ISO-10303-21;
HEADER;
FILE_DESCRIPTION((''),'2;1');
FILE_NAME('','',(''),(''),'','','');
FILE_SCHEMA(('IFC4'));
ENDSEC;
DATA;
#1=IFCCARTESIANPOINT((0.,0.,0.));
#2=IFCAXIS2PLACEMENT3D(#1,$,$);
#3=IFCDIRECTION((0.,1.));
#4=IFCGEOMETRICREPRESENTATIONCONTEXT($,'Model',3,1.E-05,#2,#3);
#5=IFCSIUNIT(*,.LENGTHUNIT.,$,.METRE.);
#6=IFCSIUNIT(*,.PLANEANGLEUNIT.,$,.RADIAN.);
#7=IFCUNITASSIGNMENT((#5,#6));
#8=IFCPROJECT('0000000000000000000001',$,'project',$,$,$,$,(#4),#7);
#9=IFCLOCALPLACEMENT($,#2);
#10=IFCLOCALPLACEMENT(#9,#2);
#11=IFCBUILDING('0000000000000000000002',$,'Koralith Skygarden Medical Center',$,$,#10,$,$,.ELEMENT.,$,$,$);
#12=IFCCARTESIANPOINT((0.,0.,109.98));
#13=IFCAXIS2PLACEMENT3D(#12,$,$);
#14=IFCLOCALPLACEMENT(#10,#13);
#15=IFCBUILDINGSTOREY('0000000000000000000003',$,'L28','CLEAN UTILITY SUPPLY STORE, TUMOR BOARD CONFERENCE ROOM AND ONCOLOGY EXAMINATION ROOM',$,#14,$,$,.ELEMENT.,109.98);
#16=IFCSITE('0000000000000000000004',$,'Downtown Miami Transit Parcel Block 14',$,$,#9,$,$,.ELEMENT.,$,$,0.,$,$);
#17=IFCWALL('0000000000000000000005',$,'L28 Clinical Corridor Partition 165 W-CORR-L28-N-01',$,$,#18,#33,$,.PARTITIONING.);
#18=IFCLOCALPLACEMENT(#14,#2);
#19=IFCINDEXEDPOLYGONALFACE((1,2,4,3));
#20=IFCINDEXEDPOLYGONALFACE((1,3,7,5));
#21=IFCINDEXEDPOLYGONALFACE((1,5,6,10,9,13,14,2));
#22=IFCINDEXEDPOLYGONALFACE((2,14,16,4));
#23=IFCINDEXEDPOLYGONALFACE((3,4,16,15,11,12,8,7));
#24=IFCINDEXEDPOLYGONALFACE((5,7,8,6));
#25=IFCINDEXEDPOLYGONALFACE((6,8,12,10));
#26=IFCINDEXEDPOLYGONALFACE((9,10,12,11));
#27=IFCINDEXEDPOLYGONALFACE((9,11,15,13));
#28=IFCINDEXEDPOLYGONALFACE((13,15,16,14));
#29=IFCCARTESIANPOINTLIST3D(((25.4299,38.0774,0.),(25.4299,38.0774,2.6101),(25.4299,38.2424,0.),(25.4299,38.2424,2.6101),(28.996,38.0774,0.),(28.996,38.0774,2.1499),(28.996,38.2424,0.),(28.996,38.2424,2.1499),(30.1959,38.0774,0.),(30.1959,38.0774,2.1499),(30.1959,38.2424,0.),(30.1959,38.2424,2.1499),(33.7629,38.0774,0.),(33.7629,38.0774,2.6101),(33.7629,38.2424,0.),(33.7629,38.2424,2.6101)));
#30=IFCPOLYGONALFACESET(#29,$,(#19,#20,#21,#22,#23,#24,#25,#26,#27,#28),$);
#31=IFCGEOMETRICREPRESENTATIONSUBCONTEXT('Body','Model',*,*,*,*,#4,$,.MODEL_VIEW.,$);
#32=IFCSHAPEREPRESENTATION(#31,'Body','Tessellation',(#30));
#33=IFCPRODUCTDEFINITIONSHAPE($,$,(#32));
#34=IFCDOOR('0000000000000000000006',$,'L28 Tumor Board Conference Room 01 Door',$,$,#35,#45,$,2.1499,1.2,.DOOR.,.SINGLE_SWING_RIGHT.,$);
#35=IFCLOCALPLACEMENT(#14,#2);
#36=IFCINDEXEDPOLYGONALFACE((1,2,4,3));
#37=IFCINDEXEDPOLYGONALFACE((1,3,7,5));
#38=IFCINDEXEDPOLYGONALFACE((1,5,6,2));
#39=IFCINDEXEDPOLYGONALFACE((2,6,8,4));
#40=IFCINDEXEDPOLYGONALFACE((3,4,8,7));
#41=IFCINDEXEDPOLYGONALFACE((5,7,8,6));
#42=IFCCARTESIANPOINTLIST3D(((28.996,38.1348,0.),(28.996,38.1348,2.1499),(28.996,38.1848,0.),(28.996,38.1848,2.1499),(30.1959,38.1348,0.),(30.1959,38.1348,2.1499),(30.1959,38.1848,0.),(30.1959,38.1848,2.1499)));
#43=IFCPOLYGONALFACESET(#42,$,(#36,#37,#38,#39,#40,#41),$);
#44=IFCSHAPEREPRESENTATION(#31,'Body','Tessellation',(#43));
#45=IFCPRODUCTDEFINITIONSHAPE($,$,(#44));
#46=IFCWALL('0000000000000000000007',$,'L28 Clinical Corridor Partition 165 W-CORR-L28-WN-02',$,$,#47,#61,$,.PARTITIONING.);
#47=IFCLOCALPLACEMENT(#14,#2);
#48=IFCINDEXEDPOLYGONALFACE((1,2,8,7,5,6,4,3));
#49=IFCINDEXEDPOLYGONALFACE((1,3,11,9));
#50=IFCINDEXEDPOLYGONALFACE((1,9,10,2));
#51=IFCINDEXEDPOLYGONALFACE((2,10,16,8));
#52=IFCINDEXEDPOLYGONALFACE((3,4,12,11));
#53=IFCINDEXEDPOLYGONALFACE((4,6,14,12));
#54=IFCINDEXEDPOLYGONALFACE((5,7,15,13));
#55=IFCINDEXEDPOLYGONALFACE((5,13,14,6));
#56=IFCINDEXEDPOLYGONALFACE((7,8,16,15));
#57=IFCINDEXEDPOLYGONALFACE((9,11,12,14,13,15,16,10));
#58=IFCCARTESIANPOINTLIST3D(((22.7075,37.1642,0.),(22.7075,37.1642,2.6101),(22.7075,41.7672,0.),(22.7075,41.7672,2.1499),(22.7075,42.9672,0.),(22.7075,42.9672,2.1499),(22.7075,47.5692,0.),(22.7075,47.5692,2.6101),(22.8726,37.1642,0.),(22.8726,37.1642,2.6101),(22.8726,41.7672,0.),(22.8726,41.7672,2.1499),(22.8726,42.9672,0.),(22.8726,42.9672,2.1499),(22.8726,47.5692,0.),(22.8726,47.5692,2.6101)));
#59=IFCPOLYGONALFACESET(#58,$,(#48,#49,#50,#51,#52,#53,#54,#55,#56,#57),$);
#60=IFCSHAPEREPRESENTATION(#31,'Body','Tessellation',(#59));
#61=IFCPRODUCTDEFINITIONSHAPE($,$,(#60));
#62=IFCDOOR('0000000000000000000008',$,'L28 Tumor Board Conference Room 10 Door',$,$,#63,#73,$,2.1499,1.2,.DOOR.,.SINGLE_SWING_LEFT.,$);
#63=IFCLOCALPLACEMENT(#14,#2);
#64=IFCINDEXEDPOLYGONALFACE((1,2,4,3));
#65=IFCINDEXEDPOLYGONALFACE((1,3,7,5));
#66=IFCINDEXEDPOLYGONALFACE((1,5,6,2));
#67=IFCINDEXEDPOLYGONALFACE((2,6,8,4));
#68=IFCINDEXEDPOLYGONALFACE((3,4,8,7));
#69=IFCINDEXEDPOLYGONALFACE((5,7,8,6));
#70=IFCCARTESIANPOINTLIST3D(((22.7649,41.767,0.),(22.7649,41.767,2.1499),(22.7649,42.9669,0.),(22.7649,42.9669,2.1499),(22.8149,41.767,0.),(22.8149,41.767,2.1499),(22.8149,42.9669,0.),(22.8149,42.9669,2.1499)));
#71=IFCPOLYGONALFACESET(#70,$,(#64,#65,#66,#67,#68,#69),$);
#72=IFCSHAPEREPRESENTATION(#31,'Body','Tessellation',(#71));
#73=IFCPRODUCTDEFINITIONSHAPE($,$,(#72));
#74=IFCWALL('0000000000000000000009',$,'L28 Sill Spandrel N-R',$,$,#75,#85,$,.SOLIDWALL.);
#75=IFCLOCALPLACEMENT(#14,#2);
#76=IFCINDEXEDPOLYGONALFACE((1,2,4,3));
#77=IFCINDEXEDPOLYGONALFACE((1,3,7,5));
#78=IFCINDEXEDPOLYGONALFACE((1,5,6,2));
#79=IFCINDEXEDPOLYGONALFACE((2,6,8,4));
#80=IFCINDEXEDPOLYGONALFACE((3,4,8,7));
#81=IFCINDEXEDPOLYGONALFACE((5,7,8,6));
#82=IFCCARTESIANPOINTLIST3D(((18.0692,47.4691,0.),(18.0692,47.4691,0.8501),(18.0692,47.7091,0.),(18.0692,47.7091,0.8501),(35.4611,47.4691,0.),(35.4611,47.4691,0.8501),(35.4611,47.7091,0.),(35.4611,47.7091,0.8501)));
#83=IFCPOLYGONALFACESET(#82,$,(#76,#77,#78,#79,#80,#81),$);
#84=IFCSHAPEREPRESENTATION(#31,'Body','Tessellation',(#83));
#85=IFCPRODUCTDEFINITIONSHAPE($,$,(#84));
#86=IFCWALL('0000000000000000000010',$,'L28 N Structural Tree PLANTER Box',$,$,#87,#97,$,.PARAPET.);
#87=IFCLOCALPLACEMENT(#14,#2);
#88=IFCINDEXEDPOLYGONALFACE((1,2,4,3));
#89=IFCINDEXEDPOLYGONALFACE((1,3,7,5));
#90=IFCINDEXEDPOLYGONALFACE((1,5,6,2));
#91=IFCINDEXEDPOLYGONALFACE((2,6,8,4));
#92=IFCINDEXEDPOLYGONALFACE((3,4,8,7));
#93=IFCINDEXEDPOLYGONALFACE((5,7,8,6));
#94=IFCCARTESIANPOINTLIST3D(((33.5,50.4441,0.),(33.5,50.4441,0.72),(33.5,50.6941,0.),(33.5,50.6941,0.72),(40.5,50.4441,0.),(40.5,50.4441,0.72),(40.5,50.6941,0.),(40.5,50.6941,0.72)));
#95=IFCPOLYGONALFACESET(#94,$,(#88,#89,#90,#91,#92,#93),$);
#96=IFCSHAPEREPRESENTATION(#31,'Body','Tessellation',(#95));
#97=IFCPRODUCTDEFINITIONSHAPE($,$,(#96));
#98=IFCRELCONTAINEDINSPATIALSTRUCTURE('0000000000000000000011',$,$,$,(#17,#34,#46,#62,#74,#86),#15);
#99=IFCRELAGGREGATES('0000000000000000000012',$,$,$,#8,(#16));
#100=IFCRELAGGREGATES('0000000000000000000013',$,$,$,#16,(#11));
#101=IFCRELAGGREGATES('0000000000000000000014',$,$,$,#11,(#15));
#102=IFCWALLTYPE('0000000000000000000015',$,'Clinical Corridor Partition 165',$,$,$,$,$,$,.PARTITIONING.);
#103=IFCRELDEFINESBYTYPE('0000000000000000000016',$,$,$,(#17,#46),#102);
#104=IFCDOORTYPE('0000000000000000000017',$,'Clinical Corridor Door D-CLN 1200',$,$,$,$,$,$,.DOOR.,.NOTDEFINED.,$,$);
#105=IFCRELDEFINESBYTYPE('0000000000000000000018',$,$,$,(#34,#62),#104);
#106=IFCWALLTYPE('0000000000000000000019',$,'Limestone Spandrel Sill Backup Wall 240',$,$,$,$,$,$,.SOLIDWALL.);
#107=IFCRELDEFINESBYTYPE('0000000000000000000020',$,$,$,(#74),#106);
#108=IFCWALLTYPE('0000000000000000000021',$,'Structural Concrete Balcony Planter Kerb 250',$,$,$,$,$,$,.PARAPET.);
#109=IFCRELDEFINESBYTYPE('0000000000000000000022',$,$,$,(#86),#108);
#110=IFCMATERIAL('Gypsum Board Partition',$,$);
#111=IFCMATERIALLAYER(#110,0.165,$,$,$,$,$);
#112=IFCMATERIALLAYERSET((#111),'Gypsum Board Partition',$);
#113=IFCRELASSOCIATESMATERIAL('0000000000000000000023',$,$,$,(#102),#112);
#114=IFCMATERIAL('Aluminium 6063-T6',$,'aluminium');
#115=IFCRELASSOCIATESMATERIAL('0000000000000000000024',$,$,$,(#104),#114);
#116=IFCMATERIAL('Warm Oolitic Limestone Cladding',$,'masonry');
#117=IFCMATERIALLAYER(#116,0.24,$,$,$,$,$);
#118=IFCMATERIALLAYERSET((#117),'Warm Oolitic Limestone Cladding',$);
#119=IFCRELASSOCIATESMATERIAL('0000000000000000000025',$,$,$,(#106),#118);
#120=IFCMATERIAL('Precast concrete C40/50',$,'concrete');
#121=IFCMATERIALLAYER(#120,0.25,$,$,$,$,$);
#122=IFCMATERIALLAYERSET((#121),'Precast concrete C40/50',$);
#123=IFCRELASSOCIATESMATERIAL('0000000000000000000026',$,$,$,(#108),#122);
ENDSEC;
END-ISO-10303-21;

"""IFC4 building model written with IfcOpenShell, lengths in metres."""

from ifc_helpers import new_model, si_unit, direction, frame, frame_2d, origin, place, context, subcontext, project, spatial, rectangle, extrude, material, layer, layer_set, type_object, element, fill, save


model = new_model("IFC4")

# Units and contexts
model_context = context("Model", 3, precision=1e-05, world=origin(), true_north=direction((0.0, 1.0)))
body_context = subcontext(model_context, "Body", "Model", "MODEL_VIEW")
ifc_project = project(units=[si_unit("LENGTHUNIT", "METRE"), si_unit("PLANEANGLEUNIT", "RADIAN")], contexts=[model_context])

# Site, building, storey
site_placement = place(None, origin())
site = spatial("IfcSite", under=ifc_project, at=site_placement, Name="Downtown Miami Transit Parcel Block 14", CompositionType="ELEMENT", RefElevation=0.0)
building_placement = place(site_placement, origin())
building = spatial("IfcBuilding", under=site, at=building_placement, Name="Koralith Skygarden Medical Center", CompositionType="ELEMENT")
storey_placement = place(building_placement, frame((0.0, 0.0, 109.98)))
storey = spatial("IfcBuildingStorey", under=building, at=storey_placement, Name="L28", Description="CLEAN UTILITY SUPPLY STORE, TUMOR BOARD CONFERENCE ROOM AND ONCOLOGY EXAMINATION ROOM", CompositionType="ELEMENT", Elevation=109.98)

# Shared definitions
ifc_material_1 = material(Name="Aluminium 6063-T6", Category="aluminium")

# Shared definitions
ifc_material_2 = material(Name="Gypsum Board Partition")
ifc_layer_1 = layer(ifc_material_2, 0.165)
ifc_layer_set_1 = layer_set([ifc_layer_1], Name="Gypsum Board Partition")
wall_type_1 = type_object("IfcWallType", Name="Clinical Corridor Partition 165", PredefinedType="PARTITIONING", material=ifc_layer_set_1)

# Walls, openings, doors
wall_1_placement = place(storey_placement, frame((25.4299, 38.1599, 0.0), z_axis=(0.0, 0.0, 1.0), x_axis=(1.0, 0.0, 0.0)))
wall_1 = element("IfcWall", 1, at=wall_1_placement, inside=storey, type_object=wall_type_1, Name="L28 Clinical Corridor Partition 165 W-CORR-L28-N-01", PredefinedType="PARTITIONING", context=body_context, shape_type="SweptSolid", body=[
    extrude(rectangle(XDim=8.333, YDim=0.165, at=frame_2d((4.1665, 0.0))), origin(), (0.0, 0.0, 1.0), 2.6101),
])
opening_1_placement = place(wall_1_placement, frame((3.5659, 0.0, 0.0)))
opening_1 = element("IfcOpeningElement", 2, at=opening_1_placement, cuts=wall_1, PredefinedType="OPENING", context=body_context, shape_type="SweptSolid", body=[
    extrude(rectangle(XDim=1.2, YDim=2.1499, at=frame_2d((0.6001, 1.075))), frame((0.0, 0.0925, 0.0), z_axis=(0.0, -1.0, 0.0), x_axis=(1.0, 0.0, 0.0)), (0.0, 0.0, 1.0), 0.1851),
])
door_type = type_object("IfcDoorType", Name="Clinical Corridor Door D-CLN 1200", OperationType="NOTDEFINED", PredefinedType="DOOR", material=ifc_material_1)
door_1_placement = place(opening_1_placement, origin())
door_1 = element("IfcDoor", 3, at=door_1_placement, inside=storey, type_object=door_type, Name="L28 Tumor Board Conference Room 01 Door", OperationType="SINGLE_SWING_RIGHT", OverallHeight=2.1499, OverallWidth=1.2, PredefinedType="DOOR", context=body_context, shape_type="SweptSolid", body=[
    extrude(rectangle(XDim=1.2, YDim=2.1499, at=frame_2d((0.6001, 1.075))), frame((0.0, 0.0249, 0.0), z_axis=(0.0, -1.0, 0.0), x_axis=(1.0, 0.0, 0.0)), (0.0, 0.0, 1.0), 0.05),
])
fill(opening_1, door_1)
wall_2_placement = place(storey_placement, frame((22.79, 37.1641, 0.0), z_axis=(0.0, 0.0, 1.0), x_axis=(0.0, 1.0, 0.0)))
wall_2 = element("IfcWall", 4, at=wall_2_placement, inside=storey, type_object=wall_type_1, Name="L28 Clinical Corridor Partition 165 W-CORR-L28-WN-02", PredefinedType="PARTITIONING", context=body_context, shape_type="SweptSolid", body=[
    extrude(rectangle(XDim=10.405, YDim=0.165, at=frame_2d((5.2026, 0.0))), origin(), (0.0, 0.0, 1.0), 2.6101),
])
opening_2_placement = place(wall_2_placement, frame((4.603, 0.0, 0.0)))
opening_2 = element("IfcOpeningElement", 5, at=opening_2_placement, cuts=wall_2, PredefinedType="OPENING", context=body_context, shape_type="SweptSolid", body=[
    extrude(rectangle(XDim=1.2, YDim=2.1499, at=frame_2d((0.6001, 1.075))), frame((0.0, 0.0925, 0.0), z_axis=(0.0, -1.0, 0.0), x_axis=(1.0, 0.0, 0.0)), (0.0, 0.0, 1.0), 0.1851),
])
door_2_placement = place(opening_2_placement, frame((1.2, 0.0, 0.0), z_axis=(0.0, 0.0, 1.0), x_axis=(-1.0, 0.0, 0.0)))
door_2 = element("IfcDoor", 6, at=door_2_placement, inside=storey, type_object=door_type, Name="L28 Tumor Board Conference Room 10 Door", OperationType="SINGLE_SWING_LEFT", OverallHeight=2.1499, OverallWidth=1.2, PredefinedType="DOOR", context=body_context, shape_type="SweptSolid", body=[
    extrude(rectangle(XDim=1.2, YDim=2.1499, at=frame_2d((0.6001, 1.075))), frame((0.0, 0.0249, 0.0), z_axis=(0.0, -1.0, 0.0), x_axis=(1.0, 0.0, 0.0)), (0.0, 0.0, 1.0), 0.05),
])
fill(opening_2, door_2)

# Walls
ifc_material_3 = material(Name="Warm Oolitic Limestone Cladding", Category="masonry")
ifc_layer_2 = layer(ifc_material_3, 0.24)
ifc_layer_set_2 = layer_set([ifc_layer_2], Name="Warm Oolitic Limestone Cladding")
wall_type_2 = type_object("IfcWallType", Name="Limestone Spandrel Sill Backup Wall 240", PredefinedType="SOLIDWALL", material=ifc_layer_set_2)
wall_3_placement = place(storey_placement, frame((35.4609, 47.5891, 0.0), z_axis=(0.0, 0.0, 1.0), x_axis=(-1.0, 0.0, 0.0)))
element("IfcWall", 7, at=wall_3_placement, inside=storey, type_object=wall_type_2, Name="L28 Sill Spandrel N-R", PredefinedType="SOLIDWALL", context=body_context, shape_type="SweptSolid", body=[
    extrude(rectangle(XDim=17.3918, YDim=0.24, at=frame_2d((8.6958, 0.0))), origin(), (0.0, 0.0, 1.0), 0.8501),
])
ifc_material_4 = material(Name="Precast concrete C40/50", Category="concrete")
ifc_layer_3 = layer(ifc_material_4, 0.25)
ifc_layer_set_3 = layer_set([ifc_layer_3], Name="Precast concrete C40/50")
wall_type_3 = type_object("IfcWallType", Name="Structural Concrete Balcony Planter Kerb 250", PredefinedType="PARAPET", material=ifc_layer_set_3)
wall_4_placement = place(storey_placement, frame((33.5, 50.5691, 0.0), z_axis=(0.0, 0.0, 1.0), x_axis=(1.0, 0.0, 0.0)))
element("IfcWall", 8, at=wall_4_placement, inside=storey, type_object=wall_type_3, Name="L28 N Structural Tree PLANTER Box", PredefinedType="PARAPET", context=body_context, shape_type="SweptSolid", body=[
    extrude(rectangle(XDim=7.0, YDim=0.25, at=frame_2d((3.5, 0.0))), origin(), (0.0, 0.0, 1.0), 0.72),
])

save(model, "model.ifc")
